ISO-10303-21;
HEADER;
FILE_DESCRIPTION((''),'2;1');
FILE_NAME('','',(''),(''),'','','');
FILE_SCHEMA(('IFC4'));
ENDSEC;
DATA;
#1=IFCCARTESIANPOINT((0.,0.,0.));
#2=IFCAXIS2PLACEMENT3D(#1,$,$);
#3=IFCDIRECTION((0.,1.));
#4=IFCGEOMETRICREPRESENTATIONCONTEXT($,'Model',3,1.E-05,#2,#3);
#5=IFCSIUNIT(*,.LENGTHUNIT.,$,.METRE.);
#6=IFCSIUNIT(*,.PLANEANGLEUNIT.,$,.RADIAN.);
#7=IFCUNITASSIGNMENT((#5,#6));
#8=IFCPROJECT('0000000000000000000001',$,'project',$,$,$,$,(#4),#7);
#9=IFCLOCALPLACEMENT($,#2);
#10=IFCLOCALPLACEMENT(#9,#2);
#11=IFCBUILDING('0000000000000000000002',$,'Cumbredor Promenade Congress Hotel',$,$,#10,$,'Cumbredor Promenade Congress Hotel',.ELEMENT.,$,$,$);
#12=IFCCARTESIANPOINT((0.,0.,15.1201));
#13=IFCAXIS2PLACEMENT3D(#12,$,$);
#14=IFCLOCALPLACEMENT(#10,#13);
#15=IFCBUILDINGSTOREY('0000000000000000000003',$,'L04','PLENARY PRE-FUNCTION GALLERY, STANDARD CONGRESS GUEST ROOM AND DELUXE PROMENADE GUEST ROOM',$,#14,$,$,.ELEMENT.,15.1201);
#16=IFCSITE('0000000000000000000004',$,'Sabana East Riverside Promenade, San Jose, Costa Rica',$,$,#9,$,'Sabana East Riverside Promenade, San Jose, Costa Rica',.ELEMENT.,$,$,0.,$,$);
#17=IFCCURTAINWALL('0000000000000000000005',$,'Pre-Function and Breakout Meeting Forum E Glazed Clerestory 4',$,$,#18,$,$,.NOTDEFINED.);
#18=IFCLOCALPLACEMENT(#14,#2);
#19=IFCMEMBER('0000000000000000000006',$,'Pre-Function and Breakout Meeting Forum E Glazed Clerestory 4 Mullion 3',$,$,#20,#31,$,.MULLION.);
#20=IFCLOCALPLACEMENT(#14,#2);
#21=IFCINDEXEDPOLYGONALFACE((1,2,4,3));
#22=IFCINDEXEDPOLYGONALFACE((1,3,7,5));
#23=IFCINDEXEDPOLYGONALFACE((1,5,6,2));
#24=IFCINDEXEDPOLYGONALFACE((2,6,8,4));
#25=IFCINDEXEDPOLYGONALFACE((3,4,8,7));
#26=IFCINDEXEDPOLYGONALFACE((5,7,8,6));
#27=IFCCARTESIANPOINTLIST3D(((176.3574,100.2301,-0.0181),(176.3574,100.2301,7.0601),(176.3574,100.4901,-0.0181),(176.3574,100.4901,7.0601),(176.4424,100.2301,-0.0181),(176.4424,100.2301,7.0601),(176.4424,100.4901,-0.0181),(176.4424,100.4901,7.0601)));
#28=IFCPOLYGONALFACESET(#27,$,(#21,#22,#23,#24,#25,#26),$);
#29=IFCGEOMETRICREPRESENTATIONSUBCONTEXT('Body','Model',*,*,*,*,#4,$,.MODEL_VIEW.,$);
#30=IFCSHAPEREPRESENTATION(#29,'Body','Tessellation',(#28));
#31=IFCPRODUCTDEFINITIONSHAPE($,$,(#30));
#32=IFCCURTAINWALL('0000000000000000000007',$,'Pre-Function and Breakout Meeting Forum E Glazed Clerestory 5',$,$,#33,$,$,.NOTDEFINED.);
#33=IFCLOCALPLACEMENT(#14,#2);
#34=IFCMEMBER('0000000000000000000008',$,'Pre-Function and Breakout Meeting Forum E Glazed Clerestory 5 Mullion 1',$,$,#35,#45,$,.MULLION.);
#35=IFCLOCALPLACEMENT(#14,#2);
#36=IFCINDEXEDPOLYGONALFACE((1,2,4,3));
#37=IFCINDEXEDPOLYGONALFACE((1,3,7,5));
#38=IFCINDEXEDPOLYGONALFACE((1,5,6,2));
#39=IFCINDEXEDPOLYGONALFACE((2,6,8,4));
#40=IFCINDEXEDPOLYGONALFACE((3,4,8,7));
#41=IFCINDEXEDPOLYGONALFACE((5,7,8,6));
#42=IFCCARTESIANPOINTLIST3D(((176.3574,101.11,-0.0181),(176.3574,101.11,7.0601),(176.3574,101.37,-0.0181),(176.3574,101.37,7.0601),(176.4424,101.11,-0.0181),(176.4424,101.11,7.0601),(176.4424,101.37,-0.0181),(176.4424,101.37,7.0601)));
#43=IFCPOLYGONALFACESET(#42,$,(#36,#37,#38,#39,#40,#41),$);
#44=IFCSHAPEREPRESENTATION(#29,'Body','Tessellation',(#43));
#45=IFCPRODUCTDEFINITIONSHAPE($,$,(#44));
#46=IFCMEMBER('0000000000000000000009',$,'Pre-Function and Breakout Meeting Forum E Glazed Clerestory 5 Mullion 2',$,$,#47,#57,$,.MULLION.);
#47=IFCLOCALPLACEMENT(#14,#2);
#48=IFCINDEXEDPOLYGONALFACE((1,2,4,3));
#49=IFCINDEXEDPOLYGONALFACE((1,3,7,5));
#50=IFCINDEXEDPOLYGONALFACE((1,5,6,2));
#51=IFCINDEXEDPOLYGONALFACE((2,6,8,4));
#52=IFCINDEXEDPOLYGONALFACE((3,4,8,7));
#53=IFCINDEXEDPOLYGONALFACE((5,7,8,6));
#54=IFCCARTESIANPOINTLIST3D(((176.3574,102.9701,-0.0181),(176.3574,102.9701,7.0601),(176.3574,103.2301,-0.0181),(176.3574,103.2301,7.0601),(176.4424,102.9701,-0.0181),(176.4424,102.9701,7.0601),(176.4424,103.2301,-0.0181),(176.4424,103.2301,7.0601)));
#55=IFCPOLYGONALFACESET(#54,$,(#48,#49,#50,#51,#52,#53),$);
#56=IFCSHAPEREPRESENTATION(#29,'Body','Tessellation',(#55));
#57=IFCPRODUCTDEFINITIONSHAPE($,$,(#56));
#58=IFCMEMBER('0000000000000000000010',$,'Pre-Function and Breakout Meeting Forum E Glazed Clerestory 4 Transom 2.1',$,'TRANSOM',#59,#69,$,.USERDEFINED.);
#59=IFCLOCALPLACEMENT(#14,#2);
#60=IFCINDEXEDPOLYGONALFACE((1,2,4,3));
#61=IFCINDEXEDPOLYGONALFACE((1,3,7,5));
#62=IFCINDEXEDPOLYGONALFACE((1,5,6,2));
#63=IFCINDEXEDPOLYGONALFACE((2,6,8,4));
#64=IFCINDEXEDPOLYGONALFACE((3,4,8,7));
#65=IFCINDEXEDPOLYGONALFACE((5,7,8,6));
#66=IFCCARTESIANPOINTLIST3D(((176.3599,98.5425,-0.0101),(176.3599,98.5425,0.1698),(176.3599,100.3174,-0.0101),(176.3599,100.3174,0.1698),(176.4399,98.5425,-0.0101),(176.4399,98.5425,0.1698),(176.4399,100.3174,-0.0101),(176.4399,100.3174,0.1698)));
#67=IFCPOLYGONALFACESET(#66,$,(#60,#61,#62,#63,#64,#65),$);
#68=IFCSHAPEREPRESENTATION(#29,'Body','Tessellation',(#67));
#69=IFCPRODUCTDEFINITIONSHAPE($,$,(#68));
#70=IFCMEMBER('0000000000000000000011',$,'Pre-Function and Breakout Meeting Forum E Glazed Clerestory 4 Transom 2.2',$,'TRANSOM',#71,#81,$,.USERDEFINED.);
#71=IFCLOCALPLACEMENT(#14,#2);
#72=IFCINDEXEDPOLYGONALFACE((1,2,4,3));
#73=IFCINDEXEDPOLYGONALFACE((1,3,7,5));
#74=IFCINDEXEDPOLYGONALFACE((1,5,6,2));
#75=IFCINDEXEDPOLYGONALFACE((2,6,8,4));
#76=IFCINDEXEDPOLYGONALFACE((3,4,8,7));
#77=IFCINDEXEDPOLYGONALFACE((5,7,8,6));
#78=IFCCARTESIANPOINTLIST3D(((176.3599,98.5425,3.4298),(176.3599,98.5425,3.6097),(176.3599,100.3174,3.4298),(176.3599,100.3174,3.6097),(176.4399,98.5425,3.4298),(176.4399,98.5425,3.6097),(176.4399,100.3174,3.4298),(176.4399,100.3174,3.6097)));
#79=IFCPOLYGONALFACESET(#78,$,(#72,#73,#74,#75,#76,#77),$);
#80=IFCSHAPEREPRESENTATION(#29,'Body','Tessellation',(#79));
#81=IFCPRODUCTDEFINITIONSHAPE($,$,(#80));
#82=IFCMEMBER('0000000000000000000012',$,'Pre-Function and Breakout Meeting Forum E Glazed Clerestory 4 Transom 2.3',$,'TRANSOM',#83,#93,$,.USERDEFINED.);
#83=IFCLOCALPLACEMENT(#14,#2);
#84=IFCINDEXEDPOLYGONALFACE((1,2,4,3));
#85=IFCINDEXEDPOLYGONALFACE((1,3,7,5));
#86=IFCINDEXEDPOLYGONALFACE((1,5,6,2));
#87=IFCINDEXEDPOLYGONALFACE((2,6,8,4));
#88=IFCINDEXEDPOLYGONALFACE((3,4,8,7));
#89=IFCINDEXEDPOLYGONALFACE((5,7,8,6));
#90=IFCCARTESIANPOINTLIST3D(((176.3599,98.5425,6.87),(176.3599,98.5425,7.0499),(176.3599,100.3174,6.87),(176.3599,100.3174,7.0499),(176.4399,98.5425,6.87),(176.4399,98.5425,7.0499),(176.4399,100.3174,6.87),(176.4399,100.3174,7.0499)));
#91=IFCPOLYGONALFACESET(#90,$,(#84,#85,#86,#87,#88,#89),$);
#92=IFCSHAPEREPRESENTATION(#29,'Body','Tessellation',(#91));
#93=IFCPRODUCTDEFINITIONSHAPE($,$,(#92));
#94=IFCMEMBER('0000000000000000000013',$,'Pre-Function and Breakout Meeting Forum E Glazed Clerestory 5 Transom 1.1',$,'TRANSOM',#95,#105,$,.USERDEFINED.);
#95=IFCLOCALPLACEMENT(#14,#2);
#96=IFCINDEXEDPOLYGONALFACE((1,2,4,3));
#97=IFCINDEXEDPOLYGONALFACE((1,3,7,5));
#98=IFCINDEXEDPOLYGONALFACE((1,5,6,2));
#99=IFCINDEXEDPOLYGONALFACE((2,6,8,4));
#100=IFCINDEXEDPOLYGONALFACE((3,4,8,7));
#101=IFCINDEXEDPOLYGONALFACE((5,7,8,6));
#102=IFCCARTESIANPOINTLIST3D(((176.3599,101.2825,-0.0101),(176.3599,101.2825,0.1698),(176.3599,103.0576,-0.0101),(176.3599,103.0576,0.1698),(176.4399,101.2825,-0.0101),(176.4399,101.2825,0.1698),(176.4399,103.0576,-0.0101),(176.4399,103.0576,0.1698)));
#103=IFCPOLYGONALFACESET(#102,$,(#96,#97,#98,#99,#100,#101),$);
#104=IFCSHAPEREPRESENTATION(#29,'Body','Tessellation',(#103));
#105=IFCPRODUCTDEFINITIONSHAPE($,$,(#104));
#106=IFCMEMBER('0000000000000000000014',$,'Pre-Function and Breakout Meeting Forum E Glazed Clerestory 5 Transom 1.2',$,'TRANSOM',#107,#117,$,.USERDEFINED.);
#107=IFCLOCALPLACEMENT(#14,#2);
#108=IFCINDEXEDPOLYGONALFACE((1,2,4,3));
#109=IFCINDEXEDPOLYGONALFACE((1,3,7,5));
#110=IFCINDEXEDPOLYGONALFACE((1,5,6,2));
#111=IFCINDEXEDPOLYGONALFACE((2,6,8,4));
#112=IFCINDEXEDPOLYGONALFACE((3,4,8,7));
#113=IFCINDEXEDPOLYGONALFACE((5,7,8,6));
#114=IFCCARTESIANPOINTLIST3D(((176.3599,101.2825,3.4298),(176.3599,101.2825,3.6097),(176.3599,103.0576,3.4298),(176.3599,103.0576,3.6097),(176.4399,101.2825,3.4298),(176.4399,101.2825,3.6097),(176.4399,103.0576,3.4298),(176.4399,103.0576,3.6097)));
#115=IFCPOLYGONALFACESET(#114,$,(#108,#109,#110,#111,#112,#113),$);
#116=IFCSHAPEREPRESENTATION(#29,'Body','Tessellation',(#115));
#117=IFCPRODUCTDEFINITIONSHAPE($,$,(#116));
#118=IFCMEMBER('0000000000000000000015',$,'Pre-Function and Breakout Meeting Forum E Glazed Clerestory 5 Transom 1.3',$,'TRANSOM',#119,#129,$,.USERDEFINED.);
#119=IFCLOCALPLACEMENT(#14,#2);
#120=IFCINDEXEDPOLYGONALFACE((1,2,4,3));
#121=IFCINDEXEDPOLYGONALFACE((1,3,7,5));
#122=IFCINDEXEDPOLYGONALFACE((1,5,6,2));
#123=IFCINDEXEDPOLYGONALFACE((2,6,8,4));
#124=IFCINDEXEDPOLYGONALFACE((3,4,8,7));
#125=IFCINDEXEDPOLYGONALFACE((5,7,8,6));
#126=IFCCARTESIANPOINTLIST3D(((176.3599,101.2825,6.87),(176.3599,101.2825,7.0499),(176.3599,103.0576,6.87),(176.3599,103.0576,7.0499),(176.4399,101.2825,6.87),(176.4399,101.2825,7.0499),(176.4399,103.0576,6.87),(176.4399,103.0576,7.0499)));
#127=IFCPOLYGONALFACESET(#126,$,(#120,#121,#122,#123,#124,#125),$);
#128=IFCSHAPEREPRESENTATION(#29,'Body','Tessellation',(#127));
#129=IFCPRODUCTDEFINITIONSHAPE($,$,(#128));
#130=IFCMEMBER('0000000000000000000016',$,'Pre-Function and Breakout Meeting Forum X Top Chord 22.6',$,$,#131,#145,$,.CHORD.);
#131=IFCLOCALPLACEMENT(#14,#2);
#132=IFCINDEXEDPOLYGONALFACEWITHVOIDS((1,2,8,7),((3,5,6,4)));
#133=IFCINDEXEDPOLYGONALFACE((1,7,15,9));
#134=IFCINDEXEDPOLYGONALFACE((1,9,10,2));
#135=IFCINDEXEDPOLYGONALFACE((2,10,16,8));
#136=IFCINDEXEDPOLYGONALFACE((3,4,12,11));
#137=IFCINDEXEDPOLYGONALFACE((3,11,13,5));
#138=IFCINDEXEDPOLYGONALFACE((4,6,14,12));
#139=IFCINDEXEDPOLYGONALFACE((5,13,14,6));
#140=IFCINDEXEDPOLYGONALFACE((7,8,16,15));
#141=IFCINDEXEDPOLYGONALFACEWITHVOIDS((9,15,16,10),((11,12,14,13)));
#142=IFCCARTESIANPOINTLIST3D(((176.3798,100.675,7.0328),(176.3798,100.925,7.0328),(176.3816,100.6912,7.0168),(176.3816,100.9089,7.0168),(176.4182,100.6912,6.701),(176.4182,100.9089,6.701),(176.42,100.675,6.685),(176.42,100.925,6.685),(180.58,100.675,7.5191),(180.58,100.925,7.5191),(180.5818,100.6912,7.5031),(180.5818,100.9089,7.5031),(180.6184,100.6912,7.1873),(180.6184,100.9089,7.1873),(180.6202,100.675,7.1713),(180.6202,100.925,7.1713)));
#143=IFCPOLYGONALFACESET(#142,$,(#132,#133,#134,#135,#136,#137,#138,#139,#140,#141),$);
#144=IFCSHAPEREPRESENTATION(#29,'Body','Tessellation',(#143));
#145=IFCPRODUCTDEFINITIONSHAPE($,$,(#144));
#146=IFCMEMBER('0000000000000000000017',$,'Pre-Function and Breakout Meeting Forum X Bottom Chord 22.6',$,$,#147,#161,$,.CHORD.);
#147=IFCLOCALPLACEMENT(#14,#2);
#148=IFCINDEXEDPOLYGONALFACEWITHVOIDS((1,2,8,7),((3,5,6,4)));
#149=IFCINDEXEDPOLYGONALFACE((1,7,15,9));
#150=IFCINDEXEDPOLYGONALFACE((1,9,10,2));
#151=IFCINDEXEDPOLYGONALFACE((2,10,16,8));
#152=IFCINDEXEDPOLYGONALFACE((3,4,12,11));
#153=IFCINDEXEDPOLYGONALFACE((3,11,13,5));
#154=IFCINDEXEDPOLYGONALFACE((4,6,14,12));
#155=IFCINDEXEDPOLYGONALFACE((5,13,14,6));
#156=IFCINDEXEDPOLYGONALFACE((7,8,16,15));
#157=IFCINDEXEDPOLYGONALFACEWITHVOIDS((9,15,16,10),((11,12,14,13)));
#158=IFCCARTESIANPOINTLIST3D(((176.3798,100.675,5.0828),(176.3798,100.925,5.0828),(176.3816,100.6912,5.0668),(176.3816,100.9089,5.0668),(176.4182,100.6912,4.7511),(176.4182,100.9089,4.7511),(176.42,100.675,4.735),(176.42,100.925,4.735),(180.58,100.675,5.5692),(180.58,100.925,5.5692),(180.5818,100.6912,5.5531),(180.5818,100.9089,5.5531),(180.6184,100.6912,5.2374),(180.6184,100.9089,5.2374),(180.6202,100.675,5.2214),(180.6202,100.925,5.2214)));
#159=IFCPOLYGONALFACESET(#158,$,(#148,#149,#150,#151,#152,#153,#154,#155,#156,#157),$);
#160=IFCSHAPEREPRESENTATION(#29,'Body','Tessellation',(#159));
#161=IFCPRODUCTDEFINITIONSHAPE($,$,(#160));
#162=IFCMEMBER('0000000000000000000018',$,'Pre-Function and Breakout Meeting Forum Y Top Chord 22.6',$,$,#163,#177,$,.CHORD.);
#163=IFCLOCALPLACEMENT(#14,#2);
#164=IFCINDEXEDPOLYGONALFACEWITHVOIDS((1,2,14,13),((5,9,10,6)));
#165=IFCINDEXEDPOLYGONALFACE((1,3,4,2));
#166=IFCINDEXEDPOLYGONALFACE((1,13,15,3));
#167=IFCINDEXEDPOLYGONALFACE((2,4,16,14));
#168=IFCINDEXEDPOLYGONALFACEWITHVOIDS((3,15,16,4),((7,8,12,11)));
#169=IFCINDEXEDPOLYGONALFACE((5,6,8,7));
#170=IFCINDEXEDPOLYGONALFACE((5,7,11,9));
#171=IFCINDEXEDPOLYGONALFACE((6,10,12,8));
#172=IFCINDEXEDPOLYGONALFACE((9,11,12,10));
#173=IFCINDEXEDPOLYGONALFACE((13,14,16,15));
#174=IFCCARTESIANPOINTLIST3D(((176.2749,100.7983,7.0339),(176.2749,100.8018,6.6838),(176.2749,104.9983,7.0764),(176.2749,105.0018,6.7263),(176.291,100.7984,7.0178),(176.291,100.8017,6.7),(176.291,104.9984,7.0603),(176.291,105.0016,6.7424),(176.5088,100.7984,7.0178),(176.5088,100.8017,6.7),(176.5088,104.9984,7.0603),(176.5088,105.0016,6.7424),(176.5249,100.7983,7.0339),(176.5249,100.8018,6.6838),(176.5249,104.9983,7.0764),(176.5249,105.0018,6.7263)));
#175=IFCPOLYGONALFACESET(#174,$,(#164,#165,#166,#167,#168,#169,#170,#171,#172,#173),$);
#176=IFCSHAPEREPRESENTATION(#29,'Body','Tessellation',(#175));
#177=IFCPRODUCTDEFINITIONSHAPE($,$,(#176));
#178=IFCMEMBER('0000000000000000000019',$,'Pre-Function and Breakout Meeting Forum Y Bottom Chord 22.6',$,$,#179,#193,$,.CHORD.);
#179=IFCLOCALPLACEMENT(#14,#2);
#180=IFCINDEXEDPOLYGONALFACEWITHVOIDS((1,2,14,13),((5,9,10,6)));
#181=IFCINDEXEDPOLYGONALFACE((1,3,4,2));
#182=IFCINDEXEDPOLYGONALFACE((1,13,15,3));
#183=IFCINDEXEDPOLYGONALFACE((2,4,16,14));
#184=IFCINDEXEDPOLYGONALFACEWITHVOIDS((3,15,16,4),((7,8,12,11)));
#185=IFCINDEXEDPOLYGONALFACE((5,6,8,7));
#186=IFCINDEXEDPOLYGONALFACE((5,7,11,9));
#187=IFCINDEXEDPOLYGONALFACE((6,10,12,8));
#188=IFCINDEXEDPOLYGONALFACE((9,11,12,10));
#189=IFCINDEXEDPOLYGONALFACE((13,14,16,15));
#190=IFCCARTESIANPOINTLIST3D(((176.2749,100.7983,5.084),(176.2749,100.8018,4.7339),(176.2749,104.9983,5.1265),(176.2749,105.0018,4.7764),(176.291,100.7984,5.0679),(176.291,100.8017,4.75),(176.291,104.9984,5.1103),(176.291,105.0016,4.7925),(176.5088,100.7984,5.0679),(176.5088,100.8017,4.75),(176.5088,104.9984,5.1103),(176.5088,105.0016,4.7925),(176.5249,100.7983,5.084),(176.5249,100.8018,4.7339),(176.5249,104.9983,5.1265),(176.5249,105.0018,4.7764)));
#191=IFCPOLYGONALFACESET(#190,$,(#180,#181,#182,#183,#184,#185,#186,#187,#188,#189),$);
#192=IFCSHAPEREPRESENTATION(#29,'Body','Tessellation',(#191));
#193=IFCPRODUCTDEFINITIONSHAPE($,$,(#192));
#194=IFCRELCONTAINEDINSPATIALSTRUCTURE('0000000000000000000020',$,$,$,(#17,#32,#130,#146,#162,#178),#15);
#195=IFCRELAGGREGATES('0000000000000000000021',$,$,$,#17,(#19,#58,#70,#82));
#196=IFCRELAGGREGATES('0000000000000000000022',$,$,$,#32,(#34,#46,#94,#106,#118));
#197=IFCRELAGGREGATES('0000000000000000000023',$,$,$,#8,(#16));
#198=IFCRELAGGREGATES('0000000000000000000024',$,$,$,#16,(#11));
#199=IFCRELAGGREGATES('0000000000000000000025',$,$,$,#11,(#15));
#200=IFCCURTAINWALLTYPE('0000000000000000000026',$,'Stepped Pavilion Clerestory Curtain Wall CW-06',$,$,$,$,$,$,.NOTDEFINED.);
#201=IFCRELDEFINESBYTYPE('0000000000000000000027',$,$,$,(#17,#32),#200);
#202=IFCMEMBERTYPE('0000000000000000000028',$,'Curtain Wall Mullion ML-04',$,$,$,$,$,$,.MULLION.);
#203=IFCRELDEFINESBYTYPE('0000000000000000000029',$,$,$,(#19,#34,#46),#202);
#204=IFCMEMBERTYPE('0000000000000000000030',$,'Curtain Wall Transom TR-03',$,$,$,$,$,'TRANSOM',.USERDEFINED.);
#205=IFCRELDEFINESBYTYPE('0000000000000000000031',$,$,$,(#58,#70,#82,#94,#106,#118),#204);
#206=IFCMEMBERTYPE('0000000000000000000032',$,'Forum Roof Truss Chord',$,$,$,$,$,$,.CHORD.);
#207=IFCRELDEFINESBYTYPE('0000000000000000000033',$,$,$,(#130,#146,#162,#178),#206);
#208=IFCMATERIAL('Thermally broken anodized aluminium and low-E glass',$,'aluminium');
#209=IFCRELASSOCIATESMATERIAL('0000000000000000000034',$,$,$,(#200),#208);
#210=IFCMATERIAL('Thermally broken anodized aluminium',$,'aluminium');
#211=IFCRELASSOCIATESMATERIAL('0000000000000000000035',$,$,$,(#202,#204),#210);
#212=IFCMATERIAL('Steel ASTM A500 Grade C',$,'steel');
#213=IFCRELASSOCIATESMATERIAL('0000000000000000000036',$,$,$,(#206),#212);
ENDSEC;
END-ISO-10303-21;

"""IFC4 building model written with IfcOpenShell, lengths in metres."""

from ifc_helpers import new_model, si_unit, direction, frame, origin, origin_2d, place, context, subcontext, project, spatial, rectangle, hollow_rectangle, extrude, material, material_profile, profile_set, type_object, element, aggregate, save


model = new_model("IFC4")

# Units and contexts
model_context = context("Model", 3, precision=1e-05, world=origin(), true_north=direction((0.0, 1.0)))
body_context = subcontext(model_context, "Body", "Model", "MODEL_VIEW")
ifc_project = project(units=[si_unit("LENGTHUNIT", "METRE"), si_unit("PLANEANGLEUNIT", "RADIAN")], contexts=[model_context])

# Site, building, storey
site_placement = place(None, origin())
site = spatial("IfcSite", under=ifc_project, at=site_placement, Name="Sabana East Riverside Promenade, San Jose, Costa Rica", LongName="Sabana East Riverside Promenade, San Jose, Costa Rica", CompositionType="ELEMENT", RefElevation=0.0)
building_placement = place(site_placement, origin())
building = spatial("IfcBuilding", under=site, at=building_placement, Name="Cumbredor Promenade Congress Hotel", LongName="Cumbredor Promenade Congress Hotel", CompositionType="ELEMENT")
storey_placement = place(building_placement, frame((0.0, 0.0, 15.1201)))
storey = spatial("IfcBuildingStorey", under=building, at=storey_placement, Name="L04", Description="PLENARY PRE-FUNCTION GALLERY, STANDARD CONGRESS GUEST ROOM AND DELUXE PROMENADE GUEST ROOM", CompositionType="ELEMENT", Elevation=15.1201)

# Curtain wall, member
ifc_material_1 = material(Name="Thermally broken anodized aluminium and low-E glass", Category="aluminium")
curtain_wall_type = type_object("IfcCurtainWallType", Name="Stepped Pavilion Clerestory Curtain Wall CW-06", PredefinedType="NOTDEFINED", material=ifc_material_1)
curtain_wall_1_placement = place(storey_placement, origin())
curtain_wall_1 = element("IfcCurtainWall", 1, at=curtain_wall_1_placement, inside=storey, type_object=curtain_wall_type, Name="Pre-Function and Breakout Meeting Forum E Glazed Clerestory 4", PredefinedType="NOTDEFINED")
ifc_material_2 = material(Name="Thermally broken anodized aluminium", Category="aluminium")
ifc_material_profile_1 = material_profile(ifc_material_2, rectangle(XDim=0.085, YDim=0.26, at=origin_2d()), Name="ALU MULLION CLERESTORY 85x260")
ifc_profile_set_1 = profile_set([ifc_material_profile_1], Name="Thermally broken anodized aluminium")
member_type_1 = type_object("IfcMemberType", Name="Curtain Wall Mullion ML-04", PredefinedType="MULLION", material=ifc_profile_set_1)
member_1_placement = place(storey_placement, frame((176.3999, 100.3601, -0.0181), z_axis=(0.0, 0.0, 1.0), x_axis=(1.0, 0.0, 0.0)))
member_1 = element("IfcMember", 2, at=member_1_placement, type_object=member_type_1, Name="Pre-Function and Breakout Meeting Forum E Glazed Clerestory 4 Mullion 3", PredefinedType="MULLION", context=body_context, shape_type="SweptSolid", body=[
    extrude(rectangle(XDim=0.085, YDim=0.26, at=origin_2d()), origin(), (0.0, 0.0, 1.0), 7.0781),
])

# Curtain wall, members
curtain_wall_2_placement = place(storey_placement, origin())
curtain_wall_2 = element("IfcCurtainWall", 3, at=curtain_wall_2_placement, inside=storey, type_object=curtain_wall_type, Name="Pre-Function and Breakout Meeting Forum E Glazed Clerestory 5", PredefinedType="NOTDEFINED")
member_2_placement = place(storey_placement, frame((176.3999, 101.24, -0.0181), z_axis=(0.0, 0.0, 1.0), x_axis=(1.0, 0.0, 0.0)))
member_2 = element("IfcMember", 4, at=member_2_placement, type_object=member_type_1, Name="Pre-Function and Breakout Meeting Forum E Glazed Clerestory 5 Mullion 1", PredefinedType="MULLION", context=body_context, shape_type="SweptSolid", body=[
    extrude(rectangle(XDim=0.085, YDim=0.26, at=origin_2d()), origin(), (0.0, 0.0, 1.0), 7.0781),
])
member_3_placement = place(storey_placement, frame((176.3999, 103.1001, -0.0181), z_axis=(0.0, 0.0, 1.0), x_axis=(1.0, 0.0, 0.0)))
member_3 = element("IfcMember", 5, at=member_3_placement, type_object=member_type_1, Name="Pre-Function and Breakout Meeting Forum E Glazed Clerestory 5 Mullion 2", PredefinedType="MULLION", context=body_context, shape_type="SweptSolid", body=[
    extrude(rectangle(XDim=0.085, YDim=0.26, at=origin_2d()), origin(), (0.0, 0.0, 1.0), 7.0781),
])

# Members
ifc_material_profile_2 = material_profile(ifc_material_2, rectangle(XDim=0.0801, YDim=0.1799, at=origin_2d()), Name="ALU TRANSOM 80x180")
ifc_profile_set_2 = profile_set([ifc_material_profile_2], Name="Thermally broken anodized aluminium")
member_type_2 = type_object("IfcMemberType", Name="Curtain Wall Transom TR-03", ElementType="TRANSOM", PredefinedType="USERDEFINED", material=ifc_profile_set_2)
member_4_placement = place(storey_placement, frame((176.3999, 98.5425, 0.0798), z_axis=(0.0, 1.0, 0.0), x_axis=(-1.0, 0.0, 0.0)))
member_4 = element("IfcMember", 6, at=member_4_placement, type_object=member_type_2, Name="Pre-Function and Breakout Meeting Forum E Glazed Clerestory 4 Transom 2.1", ObjectType="TRANSOM", PredefinedType="USERDEFINED", context=body_context, shape_type="SweptSolid", body=[
    extrude(rectangle(XDim=0.0801, YDim=0.1799, at=origin_2d()), origin(), (0.0, 0.0, 1.0), 1.7749),
])
member_5_placement = place(storey_placement, frame((176.3999, 98.5425, 3.5198), z_axis=(0.0, 1.0, 0.0), x_axis=(-1.0, 0.0, 0.0)))
member_5 = element("IfcMember", 7, at=member_5_placement, type_object=member_type_2, Name="Pre-Function and Breakout Meeting Forum E Glazed Clerestory 4 Transom 2.2", ObjectType="TRANSOM", PredefinedType="USERDEFINED", context=body_context, shape_type="SweptSolid", body=[
    extrude(rectangle(XDim=0.0801, YDim=0.1799, at=origin_2d()), origin(), (0.0, 0.0, 1.0), 1.7749),
])
member_6_placement = place(storey_placement, frame((176.3999, 98.5425, 6.96), z_axis=(0.0, 1.0, 0.0), x_axis=(-1.0, 0.0, 0.0)))
member_6 = element("IfcMember", 8, at=member_6_placement, type_object=member_type_2, Name="Pre-Function and Breakout Meeting Forum E Glazed Clerestory 4 Transom 2.3", ObjectType="TRANSOM", PredefinedType="USERDEFINED", context=body_context, shape_type="SweptSolid", body=[
    extrude(rectangle(XDim=0.0801, YDim=0.1799, at=origin_2d()), origin(), (0.0, 0.0, 1.0), 1.7749),
])
member_7_placement = place(storey_placement, frame((176.3999, 101.2825, 0.0798), z_axis=(0.0, 1.0, 0.0), x_axis=(-1.0, 0.0, 0.0)))
member_7 = element("IfcMember", 9, at=member_7_placement, type_object=member_type_2, Name="Pre-Function and Breakout Meeting Forum E Glazed Clerestory 5 Transom 1.1", ObjectType="TRANSOM", PredefinedType="USERDEFINED", context=body_context, shape_type="SweptSolid", body=[
    extrude(rectangle(XDim=0.0801, YDim=0.1799, at=origin_2d()), origin(), (0.0, 0.0, 1.0), 1.7751),
])
member_8_placement = place(storey_placement, frame((176.3999, 101.2825, 3.5198), z_axis=(0.0, 1.0, 0.0), x_axis=(-1.0, 0.0, 0.0)))
member_8 = element("IfcMember", 10, at=member_8_placement, type_object=member_type_2, Name="Pre-Function and Breakout Meeting Forum E Glazed Clerestory 5 Transom 1.2", ObjectType="TRANSOM", PredefinedType="USERDEFINED", context=body_context, shape_type="SweptSolid", body=[
    extrude(rectangle(XDim=0.0801, YDim=0.1799, at=origin_2d()), origin(), (0.0, 0.0, 1.0), 1.7751),
])
member_9_placement = place(storey_placement, frame((176.3999, 101.2825, 6.96), z_axis=(0.0, 1.0, 0.0), x_axis=(-1.0, 0.0, 0.0)))
member_9 = element("IfcMember", 11, at=member_9_placement, type_object=member_type_2, Name="Pre-Function and Breakout Meeting Forum E Glazed Clerestory 5 Transom 1.3", ObjectType="TRANSOM", PredefinedType="USERDEFINED", context=body_context, shape_type="SweptSolid", body=[
    extrude(rectangle(XDim=0.0801, YDim=0.1799, at=origin_2d()), origin(), (0.0, 0.0, 1.0), 1.7751),
])

# Members
ifc_material_3 = material(Name="Steel ASTM A500 Grade C", Category="steel")
ifc_material_profile_3 = material_profile(ifc_material_3, hollow_rectangle(XDim=0.25, YDim=0.3501, WallThickness=0.0161, at=origin_2d()), Name="HSS 350x250x16")
ifc_profile_set_3 = profile_set([ifc_material_profile_3], Name="Steel ASTM A500 Grade C")
member_type_3 = type_object("IfcMemberType", Name="Forum Roof Truss Chord", PredefinedType="CHORD", material=ifc_profile_set_3)
for number, where, z_axis, x_axis, name in (
    (12, (176.3999, 100.8, 6.8589), (0.993363, 0.0, 0.115019), (0.0, 1.0, 0.0), "Pre-Function and Breakout Meeting Forum X Top Chord 22.6"),
    (13, (176.3999, 100.8, 4.9089), (0.993363, 0.0, 0.115019), (0.0, 1.0, 0.0), "Pre-Function and Breakout Meeting Forum X Bottom Chord 22.6"),
):
    element("IfcMember", number, at=place(storey_placement, frame(where, z_axis=z_axis, x_axis=x_axis)), inside=storey, type_object=member_type_3, Name=name, PredefinedType="CHORD", context=body_context, shape_type="SweptSolid", body=[
        extrude(hollow_rectangle(XDim=0.25, YDim=0.3501, WallThickness=0.0161, at=origin_2d()), origin(), (0.0, 0.0, 1.0), 4.2283),
    ])
for number, where, z_axis, x_axis, name in (
    (14, (176.3999, 100.8, 6.8589), (0.0, 0.999949, 0.010114), (-1.0, 0.0, 0.0), "Pre-Function and Breakout Meeting Forum Y Top Chord 22.6"),
    (15, (176.3999, 100.8, 4.9089), (0.0, 0.999949, 0.010114), (-1.0, 0.0, 0.0), "Pre-Function and Breakout Meeting Forum Y Bottom Chord 22.6"),
):
    element("IfcMember", number, at=place(storey_placement, frame(where, z_axis=z_axis, x_axis=x_axis)), inside=storey, type_object=member_type_3, Name=name, PredefinedType="CHORD", context=body_context, shape_type="SweptSolid", body=[
        extrude(hollow_rectangle(XDim=0.25, YDim=0.3501, WallThickness=0.0161, at=origin_2d()), origin(), (0.0, 0.0, 1.0), 4.2002),
    ])

aggregate(curtain_wall_1, [member_1, member_4, member_5, member_6])
aggregate(curtain_wall_2, [member_2, member_3, member_7, member_8, member_9])

save(model, "model.ifc")
